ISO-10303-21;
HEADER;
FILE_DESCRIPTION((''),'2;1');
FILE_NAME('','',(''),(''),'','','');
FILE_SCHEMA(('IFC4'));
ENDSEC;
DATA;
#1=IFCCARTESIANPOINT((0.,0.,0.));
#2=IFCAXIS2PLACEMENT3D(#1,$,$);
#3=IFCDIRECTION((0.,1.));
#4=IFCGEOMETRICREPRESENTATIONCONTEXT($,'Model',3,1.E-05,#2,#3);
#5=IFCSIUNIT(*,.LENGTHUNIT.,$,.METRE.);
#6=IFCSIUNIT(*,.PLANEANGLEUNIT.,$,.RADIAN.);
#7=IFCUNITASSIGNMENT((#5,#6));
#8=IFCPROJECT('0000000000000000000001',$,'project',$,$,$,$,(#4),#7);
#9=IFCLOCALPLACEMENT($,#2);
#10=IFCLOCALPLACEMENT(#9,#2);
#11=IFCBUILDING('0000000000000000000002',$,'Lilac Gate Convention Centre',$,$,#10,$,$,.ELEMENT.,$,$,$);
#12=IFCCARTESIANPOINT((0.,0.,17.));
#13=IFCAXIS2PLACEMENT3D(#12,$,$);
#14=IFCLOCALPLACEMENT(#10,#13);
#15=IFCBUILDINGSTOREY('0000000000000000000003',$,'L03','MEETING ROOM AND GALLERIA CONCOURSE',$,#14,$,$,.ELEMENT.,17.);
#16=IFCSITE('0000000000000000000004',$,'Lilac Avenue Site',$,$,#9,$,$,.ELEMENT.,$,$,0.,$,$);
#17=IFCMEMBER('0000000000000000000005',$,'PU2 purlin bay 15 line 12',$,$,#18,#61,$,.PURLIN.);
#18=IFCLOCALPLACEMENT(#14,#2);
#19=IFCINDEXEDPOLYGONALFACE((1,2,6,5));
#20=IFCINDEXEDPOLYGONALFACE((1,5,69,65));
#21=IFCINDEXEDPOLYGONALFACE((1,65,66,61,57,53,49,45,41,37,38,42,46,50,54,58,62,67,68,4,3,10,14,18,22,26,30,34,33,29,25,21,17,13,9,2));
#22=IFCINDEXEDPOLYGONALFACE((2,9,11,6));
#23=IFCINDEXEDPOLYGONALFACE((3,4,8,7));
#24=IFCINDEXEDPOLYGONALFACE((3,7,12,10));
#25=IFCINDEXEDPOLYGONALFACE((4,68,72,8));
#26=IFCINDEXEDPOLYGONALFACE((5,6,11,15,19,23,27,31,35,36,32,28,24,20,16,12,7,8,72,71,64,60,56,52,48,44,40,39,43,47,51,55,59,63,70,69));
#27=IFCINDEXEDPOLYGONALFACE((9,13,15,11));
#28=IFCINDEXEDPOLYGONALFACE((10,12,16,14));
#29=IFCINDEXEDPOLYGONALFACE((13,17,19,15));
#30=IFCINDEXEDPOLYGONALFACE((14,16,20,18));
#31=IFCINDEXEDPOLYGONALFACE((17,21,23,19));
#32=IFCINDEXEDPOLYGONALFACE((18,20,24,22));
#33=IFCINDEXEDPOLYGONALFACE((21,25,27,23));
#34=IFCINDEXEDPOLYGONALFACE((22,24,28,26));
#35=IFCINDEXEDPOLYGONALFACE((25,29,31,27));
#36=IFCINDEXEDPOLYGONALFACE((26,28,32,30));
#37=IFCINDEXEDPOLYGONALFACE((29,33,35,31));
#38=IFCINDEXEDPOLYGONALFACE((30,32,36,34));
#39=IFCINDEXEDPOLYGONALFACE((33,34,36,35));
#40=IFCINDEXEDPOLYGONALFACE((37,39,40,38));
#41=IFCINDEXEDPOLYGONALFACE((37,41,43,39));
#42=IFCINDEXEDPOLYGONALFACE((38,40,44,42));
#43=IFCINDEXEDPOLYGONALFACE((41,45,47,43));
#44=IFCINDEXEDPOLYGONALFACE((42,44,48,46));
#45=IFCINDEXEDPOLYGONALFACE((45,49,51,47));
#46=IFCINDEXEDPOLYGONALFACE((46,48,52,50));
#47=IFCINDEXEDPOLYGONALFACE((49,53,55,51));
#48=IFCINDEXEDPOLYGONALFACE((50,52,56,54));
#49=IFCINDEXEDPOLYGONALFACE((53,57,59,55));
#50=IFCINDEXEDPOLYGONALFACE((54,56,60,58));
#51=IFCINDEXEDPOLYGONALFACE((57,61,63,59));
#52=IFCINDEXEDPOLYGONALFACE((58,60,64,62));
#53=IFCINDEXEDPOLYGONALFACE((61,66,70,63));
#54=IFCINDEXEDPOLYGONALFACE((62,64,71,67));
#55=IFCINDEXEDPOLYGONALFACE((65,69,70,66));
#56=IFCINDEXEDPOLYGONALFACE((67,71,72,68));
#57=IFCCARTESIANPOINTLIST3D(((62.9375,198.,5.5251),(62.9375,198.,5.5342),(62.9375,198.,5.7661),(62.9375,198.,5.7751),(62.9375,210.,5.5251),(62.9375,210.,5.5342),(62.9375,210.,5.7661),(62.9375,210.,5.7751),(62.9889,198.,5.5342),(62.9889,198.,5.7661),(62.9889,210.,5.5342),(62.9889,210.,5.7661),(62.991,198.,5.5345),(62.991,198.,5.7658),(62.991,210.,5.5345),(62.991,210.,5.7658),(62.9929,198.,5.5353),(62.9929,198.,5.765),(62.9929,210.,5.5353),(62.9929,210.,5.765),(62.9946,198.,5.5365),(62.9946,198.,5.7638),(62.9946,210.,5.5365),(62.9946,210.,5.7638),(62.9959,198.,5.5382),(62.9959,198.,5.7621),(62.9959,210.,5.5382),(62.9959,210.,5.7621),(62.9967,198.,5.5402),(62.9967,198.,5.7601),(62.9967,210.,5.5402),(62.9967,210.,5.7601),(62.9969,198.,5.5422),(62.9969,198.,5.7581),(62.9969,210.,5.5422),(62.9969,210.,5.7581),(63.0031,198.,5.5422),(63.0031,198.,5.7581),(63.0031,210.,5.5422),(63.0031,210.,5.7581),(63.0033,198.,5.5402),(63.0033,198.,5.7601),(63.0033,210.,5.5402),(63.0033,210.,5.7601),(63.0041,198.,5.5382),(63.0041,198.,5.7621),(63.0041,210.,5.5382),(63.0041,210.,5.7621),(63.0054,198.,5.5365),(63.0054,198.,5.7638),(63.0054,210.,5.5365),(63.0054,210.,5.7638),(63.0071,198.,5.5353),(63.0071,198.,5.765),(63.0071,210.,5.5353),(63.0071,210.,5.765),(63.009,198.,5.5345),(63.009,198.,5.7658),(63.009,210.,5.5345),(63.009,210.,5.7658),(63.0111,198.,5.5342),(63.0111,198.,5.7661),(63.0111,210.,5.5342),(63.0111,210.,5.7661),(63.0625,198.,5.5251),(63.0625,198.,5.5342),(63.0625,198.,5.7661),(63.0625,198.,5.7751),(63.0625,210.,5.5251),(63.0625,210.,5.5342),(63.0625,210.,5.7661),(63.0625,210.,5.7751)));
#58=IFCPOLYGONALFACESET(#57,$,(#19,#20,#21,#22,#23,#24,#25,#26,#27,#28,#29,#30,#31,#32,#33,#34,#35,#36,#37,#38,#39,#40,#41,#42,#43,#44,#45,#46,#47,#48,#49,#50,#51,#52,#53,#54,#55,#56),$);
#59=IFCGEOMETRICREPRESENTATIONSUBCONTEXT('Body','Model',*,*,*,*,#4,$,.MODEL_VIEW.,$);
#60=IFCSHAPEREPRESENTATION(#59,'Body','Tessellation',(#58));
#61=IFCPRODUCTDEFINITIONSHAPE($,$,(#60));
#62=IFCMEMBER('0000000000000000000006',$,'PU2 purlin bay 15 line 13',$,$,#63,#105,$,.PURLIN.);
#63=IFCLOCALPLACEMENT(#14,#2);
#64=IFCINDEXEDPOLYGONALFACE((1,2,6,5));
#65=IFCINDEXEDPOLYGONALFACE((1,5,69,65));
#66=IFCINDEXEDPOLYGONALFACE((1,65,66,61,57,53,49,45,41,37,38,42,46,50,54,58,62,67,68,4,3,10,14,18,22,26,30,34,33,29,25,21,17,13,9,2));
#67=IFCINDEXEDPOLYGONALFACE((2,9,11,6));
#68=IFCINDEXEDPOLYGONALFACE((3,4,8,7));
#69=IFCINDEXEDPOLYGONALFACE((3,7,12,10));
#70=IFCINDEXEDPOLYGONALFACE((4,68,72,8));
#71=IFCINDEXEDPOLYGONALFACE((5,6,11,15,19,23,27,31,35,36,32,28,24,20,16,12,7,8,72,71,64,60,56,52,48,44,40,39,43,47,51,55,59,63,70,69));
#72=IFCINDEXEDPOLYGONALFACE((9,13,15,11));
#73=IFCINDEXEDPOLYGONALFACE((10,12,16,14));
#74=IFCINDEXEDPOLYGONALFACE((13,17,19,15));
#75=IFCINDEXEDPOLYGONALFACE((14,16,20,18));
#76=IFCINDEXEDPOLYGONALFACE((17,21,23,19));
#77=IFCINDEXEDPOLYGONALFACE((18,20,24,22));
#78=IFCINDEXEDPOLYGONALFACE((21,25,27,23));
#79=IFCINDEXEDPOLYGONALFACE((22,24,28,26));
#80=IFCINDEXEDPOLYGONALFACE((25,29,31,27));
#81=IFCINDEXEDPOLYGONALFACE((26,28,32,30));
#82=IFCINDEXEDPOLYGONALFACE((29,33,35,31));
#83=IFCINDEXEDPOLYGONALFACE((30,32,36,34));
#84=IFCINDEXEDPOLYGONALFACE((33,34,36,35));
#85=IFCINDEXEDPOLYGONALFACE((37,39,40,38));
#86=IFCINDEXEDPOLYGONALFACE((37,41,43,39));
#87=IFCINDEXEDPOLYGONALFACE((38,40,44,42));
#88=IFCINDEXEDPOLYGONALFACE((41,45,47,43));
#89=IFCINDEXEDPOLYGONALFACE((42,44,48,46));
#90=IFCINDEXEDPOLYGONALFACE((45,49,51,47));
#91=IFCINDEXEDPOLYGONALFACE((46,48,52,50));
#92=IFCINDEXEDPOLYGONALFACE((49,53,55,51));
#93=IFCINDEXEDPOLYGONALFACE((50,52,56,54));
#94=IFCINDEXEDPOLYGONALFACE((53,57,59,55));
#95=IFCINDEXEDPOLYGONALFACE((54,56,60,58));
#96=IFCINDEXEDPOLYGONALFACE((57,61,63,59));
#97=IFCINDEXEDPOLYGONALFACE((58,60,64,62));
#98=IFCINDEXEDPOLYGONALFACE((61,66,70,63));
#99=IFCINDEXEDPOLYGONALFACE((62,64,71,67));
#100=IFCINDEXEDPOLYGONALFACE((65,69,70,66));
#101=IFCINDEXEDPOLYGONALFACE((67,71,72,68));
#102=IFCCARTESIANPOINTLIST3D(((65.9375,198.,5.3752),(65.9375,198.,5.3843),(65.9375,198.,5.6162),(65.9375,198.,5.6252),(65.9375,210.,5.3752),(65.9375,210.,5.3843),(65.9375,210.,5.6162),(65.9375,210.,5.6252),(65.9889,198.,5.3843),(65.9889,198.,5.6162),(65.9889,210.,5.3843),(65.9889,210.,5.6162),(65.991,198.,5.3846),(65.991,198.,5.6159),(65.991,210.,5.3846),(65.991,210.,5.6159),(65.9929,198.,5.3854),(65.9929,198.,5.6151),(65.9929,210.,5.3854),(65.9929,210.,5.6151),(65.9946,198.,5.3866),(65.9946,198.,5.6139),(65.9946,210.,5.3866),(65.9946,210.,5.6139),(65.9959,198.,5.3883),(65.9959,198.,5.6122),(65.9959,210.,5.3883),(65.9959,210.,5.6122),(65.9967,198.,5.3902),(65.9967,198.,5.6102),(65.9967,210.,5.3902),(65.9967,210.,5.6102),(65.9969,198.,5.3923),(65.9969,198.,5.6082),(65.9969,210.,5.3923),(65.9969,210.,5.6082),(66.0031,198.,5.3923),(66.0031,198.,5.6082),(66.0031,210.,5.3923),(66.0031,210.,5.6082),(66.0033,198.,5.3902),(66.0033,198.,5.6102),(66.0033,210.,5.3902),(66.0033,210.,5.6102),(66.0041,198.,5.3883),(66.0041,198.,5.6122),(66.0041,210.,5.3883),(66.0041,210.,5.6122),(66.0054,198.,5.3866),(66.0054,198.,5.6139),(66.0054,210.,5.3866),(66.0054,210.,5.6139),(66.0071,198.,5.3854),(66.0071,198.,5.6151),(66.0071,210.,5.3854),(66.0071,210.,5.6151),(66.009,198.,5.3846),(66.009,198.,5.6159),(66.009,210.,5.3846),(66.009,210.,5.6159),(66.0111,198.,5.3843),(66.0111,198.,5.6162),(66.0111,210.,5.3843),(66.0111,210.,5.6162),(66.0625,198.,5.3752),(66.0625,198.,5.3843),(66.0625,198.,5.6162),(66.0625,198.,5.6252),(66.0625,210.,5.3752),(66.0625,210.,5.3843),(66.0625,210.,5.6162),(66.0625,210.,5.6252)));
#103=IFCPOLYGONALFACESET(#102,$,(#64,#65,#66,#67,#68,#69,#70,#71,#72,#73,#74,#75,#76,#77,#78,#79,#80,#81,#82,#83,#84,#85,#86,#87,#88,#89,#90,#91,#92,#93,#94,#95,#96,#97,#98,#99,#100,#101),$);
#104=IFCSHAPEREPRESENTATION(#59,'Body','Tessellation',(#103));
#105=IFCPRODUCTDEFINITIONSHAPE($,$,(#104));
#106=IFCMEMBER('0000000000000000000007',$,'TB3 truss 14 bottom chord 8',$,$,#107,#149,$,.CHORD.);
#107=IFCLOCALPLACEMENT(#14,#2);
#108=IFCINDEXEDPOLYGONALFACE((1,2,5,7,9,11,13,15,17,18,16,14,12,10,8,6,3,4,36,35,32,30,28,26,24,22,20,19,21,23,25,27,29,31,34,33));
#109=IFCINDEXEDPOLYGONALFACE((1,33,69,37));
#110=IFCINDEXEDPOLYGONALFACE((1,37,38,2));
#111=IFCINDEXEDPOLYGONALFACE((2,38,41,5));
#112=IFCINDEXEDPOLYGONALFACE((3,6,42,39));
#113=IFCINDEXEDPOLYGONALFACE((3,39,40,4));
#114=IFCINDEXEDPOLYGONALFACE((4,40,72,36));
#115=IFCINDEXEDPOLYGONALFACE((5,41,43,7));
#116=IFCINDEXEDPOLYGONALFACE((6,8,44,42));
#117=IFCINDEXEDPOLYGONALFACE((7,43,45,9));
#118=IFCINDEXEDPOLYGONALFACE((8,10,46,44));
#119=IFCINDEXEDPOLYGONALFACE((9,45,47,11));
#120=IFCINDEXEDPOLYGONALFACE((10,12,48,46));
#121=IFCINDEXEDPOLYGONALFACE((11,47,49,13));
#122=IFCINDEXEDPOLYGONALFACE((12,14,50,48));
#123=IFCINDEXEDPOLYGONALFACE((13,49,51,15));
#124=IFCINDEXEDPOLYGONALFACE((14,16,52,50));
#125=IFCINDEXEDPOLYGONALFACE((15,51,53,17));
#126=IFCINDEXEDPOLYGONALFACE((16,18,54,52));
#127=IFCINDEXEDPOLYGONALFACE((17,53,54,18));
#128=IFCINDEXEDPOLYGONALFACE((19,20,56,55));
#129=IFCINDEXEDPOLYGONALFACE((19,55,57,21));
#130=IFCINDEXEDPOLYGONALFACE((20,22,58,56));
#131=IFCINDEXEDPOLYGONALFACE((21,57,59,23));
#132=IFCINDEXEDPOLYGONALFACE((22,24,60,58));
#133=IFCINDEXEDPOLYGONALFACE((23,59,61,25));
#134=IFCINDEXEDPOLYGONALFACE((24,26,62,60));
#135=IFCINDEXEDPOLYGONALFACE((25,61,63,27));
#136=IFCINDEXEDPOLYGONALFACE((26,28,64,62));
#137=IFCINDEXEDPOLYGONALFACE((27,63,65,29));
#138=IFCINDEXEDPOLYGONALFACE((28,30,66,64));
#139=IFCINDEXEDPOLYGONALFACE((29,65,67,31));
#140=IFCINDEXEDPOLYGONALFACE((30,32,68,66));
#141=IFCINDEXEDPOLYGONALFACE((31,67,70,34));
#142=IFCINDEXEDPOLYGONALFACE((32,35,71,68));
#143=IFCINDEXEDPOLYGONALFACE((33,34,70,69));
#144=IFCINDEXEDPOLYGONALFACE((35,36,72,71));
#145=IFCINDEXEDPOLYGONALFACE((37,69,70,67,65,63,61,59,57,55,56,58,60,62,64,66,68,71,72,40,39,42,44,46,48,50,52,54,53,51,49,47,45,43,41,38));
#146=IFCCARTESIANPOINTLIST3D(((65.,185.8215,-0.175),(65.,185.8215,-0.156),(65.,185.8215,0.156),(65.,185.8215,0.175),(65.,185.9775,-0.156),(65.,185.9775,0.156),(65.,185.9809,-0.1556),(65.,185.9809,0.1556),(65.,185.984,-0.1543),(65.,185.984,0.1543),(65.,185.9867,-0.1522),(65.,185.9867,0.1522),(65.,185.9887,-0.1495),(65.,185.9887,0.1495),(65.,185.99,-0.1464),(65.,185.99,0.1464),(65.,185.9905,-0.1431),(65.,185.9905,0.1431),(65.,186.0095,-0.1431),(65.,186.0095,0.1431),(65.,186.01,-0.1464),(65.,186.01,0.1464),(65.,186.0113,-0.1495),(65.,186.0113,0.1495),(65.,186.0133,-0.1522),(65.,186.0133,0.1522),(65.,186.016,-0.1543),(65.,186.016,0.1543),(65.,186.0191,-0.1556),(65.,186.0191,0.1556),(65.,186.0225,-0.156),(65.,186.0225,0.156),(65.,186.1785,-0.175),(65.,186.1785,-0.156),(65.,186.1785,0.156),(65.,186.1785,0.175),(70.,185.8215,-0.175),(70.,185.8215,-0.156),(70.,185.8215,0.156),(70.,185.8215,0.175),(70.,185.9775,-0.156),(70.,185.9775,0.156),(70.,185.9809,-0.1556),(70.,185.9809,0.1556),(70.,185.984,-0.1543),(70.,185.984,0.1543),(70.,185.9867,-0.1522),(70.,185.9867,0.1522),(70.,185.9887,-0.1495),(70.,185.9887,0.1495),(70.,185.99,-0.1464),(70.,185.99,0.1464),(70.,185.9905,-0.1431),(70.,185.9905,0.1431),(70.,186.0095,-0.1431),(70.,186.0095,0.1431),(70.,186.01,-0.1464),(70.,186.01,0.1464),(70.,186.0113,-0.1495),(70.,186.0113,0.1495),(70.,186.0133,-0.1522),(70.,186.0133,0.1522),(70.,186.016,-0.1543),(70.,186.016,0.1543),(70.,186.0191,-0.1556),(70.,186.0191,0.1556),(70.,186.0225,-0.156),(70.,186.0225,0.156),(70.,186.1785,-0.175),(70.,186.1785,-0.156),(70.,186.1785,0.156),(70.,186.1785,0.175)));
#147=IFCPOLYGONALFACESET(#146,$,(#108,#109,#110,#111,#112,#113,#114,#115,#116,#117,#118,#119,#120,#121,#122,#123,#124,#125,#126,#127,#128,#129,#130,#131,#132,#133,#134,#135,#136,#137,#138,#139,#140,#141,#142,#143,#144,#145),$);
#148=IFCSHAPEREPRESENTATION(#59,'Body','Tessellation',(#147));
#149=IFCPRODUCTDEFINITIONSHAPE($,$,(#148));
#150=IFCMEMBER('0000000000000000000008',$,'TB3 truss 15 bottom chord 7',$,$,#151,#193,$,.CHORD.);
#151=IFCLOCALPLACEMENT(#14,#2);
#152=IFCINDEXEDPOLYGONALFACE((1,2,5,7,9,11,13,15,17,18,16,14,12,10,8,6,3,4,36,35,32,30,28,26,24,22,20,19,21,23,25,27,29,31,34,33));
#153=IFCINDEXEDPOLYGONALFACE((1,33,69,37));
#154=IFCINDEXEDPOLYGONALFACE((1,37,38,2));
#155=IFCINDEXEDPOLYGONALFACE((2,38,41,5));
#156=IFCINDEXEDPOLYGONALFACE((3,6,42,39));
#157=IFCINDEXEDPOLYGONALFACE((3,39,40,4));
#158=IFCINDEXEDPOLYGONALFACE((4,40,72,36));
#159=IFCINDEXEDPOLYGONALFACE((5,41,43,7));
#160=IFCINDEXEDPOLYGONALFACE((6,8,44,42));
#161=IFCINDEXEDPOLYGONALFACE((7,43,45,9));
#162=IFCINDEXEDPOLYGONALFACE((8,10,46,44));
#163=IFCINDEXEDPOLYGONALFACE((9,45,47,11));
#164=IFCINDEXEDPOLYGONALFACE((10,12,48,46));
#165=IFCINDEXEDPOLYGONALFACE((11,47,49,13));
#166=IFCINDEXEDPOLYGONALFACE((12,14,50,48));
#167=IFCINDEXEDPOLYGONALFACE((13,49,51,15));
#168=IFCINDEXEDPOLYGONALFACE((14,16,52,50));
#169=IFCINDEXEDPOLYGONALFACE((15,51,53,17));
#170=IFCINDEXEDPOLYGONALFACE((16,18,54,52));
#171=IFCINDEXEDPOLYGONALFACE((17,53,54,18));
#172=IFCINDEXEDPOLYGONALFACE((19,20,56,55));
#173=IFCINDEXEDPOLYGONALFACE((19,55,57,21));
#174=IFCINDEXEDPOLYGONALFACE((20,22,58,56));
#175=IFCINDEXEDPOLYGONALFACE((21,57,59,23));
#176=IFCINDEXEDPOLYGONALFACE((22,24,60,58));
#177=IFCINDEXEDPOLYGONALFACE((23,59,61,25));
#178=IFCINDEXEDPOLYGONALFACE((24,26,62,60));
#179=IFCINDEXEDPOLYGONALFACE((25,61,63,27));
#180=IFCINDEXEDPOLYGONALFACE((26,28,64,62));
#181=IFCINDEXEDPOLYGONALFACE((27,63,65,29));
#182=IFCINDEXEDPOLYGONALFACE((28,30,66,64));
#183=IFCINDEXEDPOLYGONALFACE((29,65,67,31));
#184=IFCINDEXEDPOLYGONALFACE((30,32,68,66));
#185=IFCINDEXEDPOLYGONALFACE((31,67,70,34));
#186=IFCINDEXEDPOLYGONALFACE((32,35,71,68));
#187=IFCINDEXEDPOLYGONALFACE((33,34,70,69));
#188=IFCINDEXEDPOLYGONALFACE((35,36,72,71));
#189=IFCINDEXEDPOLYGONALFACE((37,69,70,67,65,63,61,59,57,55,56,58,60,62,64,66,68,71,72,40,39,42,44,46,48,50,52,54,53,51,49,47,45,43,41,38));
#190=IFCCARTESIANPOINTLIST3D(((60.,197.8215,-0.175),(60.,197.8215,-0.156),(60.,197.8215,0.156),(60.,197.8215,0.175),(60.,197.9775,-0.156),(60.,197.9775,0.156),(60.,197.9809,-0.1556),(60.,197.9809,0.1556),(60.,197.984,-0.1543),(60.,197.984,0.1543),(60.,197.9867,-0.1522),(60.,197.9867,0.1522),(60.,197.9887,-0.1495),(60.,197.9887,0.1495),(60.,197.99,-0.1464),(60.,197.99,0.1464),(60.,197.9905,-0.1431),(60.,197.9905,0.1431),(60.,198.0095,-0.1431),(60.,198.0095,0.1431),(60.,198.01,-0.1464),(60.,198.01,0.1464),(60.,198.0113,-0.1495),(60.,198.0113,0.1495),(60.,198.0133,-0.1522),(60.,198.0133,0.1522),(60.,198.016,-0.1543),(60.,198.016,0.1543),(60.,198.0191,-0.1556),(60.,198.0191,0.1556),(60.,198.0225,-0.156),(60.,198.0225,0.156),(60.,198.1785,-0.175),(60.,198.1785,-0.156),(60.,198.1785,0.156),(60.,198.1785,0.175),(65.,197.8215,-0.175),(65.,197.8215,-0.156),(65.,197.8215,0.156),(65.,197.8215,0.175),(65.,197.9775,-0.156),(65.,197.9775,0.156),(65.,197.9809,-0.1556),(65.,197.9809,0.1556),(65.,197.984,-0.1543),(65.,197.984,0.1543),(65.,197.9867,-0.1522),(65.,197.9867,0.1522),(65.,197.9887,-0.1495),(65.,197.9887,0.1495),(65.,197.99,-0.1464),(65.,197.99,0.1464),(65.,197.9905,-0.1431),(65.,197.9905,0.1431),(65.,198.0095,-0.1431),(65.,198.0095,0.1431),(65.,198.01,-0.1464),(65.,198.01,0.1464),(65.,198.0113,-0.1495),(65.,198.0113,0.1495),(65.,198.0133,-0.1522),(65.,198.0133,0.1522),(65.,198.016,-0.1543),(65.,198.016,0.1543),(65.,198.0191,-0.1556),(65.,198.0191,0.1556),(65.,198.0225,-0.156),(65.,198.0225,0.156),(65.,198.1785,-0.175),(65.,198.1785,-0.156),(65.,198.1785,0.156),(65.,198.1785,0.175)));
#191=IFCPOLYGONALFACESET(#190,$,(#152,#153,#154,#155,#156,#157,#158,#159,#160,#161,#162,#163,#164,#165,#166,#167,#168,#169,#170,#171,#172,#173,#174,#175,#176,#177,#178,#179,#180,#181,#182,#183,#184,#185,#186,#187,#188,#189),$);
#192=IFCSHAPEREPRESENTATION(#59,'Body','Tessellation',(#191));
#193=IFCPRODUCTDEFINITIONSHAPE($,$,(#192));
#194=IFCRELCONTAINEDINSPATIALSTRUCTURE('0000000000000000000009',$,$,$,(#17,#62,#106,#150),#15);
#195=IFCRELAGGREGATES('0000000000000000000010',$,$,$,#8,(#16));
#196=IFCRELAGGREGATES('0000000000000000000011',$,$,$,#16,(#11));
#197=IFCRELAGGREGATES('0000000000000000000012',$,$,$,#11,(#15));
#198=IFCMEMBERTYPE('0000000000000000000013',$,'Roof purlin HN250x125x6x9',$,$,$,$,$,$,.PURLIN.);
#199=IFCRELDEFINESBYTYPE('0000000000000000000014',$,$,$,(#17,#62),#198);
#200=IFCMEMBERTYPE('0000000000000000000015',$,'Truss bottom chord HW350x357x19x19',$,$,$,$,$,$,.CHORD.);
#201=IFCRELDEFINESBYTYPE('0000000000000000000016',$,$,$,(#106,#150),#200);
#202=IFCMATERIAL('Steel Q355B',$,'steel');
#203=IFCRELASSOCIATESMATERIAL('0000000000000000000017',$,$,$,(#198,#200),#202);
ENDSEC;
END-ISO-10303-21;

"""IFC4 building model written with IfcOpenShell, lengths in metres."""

from ifc_helpers import new_model, si_unit, direction, frame, origin, origin_2d, place, context, subcontext, project, spatial, i_section, extrude, material, material_profile, profile_set, type_object, element, save


model = new_model("IFC4")

# Units and contexts
model_context = context("Model", 3, precision=1e-05, world=origin(), true_north=direction((0.0, 1.0)))
body_context = subcontext(model_context, "Body", "Model", "MODEL_VIEW")
ifc_project = project(units=[si_unit("LENGTHUNIT", "METRE"), si_unit("PLANEANGLEUNIT", "RADIAN")], contexts=[model_context])

# Site, building, storey
site_placement = place(None, origin())
site = spatial("IfcSite", under=ifc_project, at=site_placement, Name="Lilac Avenue Site", CompositionType="ELEMENT", RefElevation=0.0)
building_placement = place(site_placement, origin())
building = spatial("IfcBuilding", under=site, at=building_placement, Name="Lilac Gate Convention Centre", CompositionType="ELEMENT")
storey_placement = place(building_placement, frame((0.0, 0.0, 17.0)))
storey = spatial("IfcBuildingStorey", under=building, at=storey_placement, Name="L03", Description="MEETING ROOM AND GALLERIA CONCOURSE", CompositionType="ELEMENT", Elevation=17.0)

# Members
ifc_material = material(Name="Steel Q355B", Category="steel")
ifc_material_profile_1 = material_profile(ifc_material, i_section(OverallWidth=0.125, OverallDepth=0.25, WebThickness=0.0061, FlangeThickness=0.009, FilletRadius=0.0081, at=origin_2d()), Name="HN250x125x6x9")
ifc_profile_set_1 = profile_set([ifc_material_profile_1], Name="Steel Q355B")
member_type_1 = type_object("IfcMemberType", Name="Roof purlin HN250x125x6x9", PredefinedType="PURLIN", material=ifc_profile_set_1)
for number, where, z_axis, x_axis, name in (
    (1, (63.0, 198.0, 5.6501), (0.0, 1.0, 0.0), (-1.0, 0.0, 0.0), "PU2 purlin bay 15 line 12"),
    (2, (66.0, 198.0, 5.5002), (0.0, 1.0, 0.0), (-1.0, 0.0, 0.0), "PU2 purlin bay 15 line 13"),
):
    element("IfcMember", number, at=place(storey_placement, frame(where, z_axis=z_axis, x_axis=x_axis)), inside=storey, type_object=member_type_1, Name=name, PredefinedType="PURLIN", context=body_context, shape_type="SweptSolid", body=[
        extrude(i_section(OverallWidth=0.125, OverallDepth=0.25, WebThickness=0.0061, FlangeThickness=0.009, FilletRadius=0.0081, at=origin_2d()), origin(), (0.0, 0.0, 1.0), 12.0),
    ])
ifc_material_profile_2 = material_profile(ifc_material, i_section(OverallWidth=0.3569, OverallDepth=0.3501, WebThickness=0.019, FlangeThickness=0.019, FilletRadius=0.0129, at=origin_2d()), Name="HW350x357x19x19")
ifc_profile_set_2 = profile_set([ifc_material_profile_2], Name="Steel Q355B")
member_type_2 = type_object("IfcMemberType", Name="Truss bottom chord HW350x357x19x19", PredefinedType="CHORD", material=ifc_profile_set_2)
for number, where, z_axis, x_axis, name in (
    (3, (65.0, 186.0, 0.0), (1.0, 0.0, 0.0), (0.0, 1.0, 0.0), "TB3 truss 14 bottom chord 8"),
    (4, (60.0, 198.0, 0.0), (1.0, 0.0, 0.0), (0.0, 1.0, 0.0), "TB3 truss 15 bottom chord 7"),
):
    element("IfcMember", number, at=place(storey_placement, frame(where, z_axis=z_axis, x_axis=x_axis)), inside=storey, type_object=member_type_2, Name=name, PredefinedType="CHORD", context=body_context, shape_type="SweptSolid", body=[
        extrude(i_section(OverallWidth=0.3569, OverallDepth=0.3501, WebThickness=0.019, FlangeThickness=0.019, FilletRadius=0.0129, at=origin_2d()), origin(), (0.0, 0.0, 1.0), 5.0),
    ])

save(model, "model.ifc")
